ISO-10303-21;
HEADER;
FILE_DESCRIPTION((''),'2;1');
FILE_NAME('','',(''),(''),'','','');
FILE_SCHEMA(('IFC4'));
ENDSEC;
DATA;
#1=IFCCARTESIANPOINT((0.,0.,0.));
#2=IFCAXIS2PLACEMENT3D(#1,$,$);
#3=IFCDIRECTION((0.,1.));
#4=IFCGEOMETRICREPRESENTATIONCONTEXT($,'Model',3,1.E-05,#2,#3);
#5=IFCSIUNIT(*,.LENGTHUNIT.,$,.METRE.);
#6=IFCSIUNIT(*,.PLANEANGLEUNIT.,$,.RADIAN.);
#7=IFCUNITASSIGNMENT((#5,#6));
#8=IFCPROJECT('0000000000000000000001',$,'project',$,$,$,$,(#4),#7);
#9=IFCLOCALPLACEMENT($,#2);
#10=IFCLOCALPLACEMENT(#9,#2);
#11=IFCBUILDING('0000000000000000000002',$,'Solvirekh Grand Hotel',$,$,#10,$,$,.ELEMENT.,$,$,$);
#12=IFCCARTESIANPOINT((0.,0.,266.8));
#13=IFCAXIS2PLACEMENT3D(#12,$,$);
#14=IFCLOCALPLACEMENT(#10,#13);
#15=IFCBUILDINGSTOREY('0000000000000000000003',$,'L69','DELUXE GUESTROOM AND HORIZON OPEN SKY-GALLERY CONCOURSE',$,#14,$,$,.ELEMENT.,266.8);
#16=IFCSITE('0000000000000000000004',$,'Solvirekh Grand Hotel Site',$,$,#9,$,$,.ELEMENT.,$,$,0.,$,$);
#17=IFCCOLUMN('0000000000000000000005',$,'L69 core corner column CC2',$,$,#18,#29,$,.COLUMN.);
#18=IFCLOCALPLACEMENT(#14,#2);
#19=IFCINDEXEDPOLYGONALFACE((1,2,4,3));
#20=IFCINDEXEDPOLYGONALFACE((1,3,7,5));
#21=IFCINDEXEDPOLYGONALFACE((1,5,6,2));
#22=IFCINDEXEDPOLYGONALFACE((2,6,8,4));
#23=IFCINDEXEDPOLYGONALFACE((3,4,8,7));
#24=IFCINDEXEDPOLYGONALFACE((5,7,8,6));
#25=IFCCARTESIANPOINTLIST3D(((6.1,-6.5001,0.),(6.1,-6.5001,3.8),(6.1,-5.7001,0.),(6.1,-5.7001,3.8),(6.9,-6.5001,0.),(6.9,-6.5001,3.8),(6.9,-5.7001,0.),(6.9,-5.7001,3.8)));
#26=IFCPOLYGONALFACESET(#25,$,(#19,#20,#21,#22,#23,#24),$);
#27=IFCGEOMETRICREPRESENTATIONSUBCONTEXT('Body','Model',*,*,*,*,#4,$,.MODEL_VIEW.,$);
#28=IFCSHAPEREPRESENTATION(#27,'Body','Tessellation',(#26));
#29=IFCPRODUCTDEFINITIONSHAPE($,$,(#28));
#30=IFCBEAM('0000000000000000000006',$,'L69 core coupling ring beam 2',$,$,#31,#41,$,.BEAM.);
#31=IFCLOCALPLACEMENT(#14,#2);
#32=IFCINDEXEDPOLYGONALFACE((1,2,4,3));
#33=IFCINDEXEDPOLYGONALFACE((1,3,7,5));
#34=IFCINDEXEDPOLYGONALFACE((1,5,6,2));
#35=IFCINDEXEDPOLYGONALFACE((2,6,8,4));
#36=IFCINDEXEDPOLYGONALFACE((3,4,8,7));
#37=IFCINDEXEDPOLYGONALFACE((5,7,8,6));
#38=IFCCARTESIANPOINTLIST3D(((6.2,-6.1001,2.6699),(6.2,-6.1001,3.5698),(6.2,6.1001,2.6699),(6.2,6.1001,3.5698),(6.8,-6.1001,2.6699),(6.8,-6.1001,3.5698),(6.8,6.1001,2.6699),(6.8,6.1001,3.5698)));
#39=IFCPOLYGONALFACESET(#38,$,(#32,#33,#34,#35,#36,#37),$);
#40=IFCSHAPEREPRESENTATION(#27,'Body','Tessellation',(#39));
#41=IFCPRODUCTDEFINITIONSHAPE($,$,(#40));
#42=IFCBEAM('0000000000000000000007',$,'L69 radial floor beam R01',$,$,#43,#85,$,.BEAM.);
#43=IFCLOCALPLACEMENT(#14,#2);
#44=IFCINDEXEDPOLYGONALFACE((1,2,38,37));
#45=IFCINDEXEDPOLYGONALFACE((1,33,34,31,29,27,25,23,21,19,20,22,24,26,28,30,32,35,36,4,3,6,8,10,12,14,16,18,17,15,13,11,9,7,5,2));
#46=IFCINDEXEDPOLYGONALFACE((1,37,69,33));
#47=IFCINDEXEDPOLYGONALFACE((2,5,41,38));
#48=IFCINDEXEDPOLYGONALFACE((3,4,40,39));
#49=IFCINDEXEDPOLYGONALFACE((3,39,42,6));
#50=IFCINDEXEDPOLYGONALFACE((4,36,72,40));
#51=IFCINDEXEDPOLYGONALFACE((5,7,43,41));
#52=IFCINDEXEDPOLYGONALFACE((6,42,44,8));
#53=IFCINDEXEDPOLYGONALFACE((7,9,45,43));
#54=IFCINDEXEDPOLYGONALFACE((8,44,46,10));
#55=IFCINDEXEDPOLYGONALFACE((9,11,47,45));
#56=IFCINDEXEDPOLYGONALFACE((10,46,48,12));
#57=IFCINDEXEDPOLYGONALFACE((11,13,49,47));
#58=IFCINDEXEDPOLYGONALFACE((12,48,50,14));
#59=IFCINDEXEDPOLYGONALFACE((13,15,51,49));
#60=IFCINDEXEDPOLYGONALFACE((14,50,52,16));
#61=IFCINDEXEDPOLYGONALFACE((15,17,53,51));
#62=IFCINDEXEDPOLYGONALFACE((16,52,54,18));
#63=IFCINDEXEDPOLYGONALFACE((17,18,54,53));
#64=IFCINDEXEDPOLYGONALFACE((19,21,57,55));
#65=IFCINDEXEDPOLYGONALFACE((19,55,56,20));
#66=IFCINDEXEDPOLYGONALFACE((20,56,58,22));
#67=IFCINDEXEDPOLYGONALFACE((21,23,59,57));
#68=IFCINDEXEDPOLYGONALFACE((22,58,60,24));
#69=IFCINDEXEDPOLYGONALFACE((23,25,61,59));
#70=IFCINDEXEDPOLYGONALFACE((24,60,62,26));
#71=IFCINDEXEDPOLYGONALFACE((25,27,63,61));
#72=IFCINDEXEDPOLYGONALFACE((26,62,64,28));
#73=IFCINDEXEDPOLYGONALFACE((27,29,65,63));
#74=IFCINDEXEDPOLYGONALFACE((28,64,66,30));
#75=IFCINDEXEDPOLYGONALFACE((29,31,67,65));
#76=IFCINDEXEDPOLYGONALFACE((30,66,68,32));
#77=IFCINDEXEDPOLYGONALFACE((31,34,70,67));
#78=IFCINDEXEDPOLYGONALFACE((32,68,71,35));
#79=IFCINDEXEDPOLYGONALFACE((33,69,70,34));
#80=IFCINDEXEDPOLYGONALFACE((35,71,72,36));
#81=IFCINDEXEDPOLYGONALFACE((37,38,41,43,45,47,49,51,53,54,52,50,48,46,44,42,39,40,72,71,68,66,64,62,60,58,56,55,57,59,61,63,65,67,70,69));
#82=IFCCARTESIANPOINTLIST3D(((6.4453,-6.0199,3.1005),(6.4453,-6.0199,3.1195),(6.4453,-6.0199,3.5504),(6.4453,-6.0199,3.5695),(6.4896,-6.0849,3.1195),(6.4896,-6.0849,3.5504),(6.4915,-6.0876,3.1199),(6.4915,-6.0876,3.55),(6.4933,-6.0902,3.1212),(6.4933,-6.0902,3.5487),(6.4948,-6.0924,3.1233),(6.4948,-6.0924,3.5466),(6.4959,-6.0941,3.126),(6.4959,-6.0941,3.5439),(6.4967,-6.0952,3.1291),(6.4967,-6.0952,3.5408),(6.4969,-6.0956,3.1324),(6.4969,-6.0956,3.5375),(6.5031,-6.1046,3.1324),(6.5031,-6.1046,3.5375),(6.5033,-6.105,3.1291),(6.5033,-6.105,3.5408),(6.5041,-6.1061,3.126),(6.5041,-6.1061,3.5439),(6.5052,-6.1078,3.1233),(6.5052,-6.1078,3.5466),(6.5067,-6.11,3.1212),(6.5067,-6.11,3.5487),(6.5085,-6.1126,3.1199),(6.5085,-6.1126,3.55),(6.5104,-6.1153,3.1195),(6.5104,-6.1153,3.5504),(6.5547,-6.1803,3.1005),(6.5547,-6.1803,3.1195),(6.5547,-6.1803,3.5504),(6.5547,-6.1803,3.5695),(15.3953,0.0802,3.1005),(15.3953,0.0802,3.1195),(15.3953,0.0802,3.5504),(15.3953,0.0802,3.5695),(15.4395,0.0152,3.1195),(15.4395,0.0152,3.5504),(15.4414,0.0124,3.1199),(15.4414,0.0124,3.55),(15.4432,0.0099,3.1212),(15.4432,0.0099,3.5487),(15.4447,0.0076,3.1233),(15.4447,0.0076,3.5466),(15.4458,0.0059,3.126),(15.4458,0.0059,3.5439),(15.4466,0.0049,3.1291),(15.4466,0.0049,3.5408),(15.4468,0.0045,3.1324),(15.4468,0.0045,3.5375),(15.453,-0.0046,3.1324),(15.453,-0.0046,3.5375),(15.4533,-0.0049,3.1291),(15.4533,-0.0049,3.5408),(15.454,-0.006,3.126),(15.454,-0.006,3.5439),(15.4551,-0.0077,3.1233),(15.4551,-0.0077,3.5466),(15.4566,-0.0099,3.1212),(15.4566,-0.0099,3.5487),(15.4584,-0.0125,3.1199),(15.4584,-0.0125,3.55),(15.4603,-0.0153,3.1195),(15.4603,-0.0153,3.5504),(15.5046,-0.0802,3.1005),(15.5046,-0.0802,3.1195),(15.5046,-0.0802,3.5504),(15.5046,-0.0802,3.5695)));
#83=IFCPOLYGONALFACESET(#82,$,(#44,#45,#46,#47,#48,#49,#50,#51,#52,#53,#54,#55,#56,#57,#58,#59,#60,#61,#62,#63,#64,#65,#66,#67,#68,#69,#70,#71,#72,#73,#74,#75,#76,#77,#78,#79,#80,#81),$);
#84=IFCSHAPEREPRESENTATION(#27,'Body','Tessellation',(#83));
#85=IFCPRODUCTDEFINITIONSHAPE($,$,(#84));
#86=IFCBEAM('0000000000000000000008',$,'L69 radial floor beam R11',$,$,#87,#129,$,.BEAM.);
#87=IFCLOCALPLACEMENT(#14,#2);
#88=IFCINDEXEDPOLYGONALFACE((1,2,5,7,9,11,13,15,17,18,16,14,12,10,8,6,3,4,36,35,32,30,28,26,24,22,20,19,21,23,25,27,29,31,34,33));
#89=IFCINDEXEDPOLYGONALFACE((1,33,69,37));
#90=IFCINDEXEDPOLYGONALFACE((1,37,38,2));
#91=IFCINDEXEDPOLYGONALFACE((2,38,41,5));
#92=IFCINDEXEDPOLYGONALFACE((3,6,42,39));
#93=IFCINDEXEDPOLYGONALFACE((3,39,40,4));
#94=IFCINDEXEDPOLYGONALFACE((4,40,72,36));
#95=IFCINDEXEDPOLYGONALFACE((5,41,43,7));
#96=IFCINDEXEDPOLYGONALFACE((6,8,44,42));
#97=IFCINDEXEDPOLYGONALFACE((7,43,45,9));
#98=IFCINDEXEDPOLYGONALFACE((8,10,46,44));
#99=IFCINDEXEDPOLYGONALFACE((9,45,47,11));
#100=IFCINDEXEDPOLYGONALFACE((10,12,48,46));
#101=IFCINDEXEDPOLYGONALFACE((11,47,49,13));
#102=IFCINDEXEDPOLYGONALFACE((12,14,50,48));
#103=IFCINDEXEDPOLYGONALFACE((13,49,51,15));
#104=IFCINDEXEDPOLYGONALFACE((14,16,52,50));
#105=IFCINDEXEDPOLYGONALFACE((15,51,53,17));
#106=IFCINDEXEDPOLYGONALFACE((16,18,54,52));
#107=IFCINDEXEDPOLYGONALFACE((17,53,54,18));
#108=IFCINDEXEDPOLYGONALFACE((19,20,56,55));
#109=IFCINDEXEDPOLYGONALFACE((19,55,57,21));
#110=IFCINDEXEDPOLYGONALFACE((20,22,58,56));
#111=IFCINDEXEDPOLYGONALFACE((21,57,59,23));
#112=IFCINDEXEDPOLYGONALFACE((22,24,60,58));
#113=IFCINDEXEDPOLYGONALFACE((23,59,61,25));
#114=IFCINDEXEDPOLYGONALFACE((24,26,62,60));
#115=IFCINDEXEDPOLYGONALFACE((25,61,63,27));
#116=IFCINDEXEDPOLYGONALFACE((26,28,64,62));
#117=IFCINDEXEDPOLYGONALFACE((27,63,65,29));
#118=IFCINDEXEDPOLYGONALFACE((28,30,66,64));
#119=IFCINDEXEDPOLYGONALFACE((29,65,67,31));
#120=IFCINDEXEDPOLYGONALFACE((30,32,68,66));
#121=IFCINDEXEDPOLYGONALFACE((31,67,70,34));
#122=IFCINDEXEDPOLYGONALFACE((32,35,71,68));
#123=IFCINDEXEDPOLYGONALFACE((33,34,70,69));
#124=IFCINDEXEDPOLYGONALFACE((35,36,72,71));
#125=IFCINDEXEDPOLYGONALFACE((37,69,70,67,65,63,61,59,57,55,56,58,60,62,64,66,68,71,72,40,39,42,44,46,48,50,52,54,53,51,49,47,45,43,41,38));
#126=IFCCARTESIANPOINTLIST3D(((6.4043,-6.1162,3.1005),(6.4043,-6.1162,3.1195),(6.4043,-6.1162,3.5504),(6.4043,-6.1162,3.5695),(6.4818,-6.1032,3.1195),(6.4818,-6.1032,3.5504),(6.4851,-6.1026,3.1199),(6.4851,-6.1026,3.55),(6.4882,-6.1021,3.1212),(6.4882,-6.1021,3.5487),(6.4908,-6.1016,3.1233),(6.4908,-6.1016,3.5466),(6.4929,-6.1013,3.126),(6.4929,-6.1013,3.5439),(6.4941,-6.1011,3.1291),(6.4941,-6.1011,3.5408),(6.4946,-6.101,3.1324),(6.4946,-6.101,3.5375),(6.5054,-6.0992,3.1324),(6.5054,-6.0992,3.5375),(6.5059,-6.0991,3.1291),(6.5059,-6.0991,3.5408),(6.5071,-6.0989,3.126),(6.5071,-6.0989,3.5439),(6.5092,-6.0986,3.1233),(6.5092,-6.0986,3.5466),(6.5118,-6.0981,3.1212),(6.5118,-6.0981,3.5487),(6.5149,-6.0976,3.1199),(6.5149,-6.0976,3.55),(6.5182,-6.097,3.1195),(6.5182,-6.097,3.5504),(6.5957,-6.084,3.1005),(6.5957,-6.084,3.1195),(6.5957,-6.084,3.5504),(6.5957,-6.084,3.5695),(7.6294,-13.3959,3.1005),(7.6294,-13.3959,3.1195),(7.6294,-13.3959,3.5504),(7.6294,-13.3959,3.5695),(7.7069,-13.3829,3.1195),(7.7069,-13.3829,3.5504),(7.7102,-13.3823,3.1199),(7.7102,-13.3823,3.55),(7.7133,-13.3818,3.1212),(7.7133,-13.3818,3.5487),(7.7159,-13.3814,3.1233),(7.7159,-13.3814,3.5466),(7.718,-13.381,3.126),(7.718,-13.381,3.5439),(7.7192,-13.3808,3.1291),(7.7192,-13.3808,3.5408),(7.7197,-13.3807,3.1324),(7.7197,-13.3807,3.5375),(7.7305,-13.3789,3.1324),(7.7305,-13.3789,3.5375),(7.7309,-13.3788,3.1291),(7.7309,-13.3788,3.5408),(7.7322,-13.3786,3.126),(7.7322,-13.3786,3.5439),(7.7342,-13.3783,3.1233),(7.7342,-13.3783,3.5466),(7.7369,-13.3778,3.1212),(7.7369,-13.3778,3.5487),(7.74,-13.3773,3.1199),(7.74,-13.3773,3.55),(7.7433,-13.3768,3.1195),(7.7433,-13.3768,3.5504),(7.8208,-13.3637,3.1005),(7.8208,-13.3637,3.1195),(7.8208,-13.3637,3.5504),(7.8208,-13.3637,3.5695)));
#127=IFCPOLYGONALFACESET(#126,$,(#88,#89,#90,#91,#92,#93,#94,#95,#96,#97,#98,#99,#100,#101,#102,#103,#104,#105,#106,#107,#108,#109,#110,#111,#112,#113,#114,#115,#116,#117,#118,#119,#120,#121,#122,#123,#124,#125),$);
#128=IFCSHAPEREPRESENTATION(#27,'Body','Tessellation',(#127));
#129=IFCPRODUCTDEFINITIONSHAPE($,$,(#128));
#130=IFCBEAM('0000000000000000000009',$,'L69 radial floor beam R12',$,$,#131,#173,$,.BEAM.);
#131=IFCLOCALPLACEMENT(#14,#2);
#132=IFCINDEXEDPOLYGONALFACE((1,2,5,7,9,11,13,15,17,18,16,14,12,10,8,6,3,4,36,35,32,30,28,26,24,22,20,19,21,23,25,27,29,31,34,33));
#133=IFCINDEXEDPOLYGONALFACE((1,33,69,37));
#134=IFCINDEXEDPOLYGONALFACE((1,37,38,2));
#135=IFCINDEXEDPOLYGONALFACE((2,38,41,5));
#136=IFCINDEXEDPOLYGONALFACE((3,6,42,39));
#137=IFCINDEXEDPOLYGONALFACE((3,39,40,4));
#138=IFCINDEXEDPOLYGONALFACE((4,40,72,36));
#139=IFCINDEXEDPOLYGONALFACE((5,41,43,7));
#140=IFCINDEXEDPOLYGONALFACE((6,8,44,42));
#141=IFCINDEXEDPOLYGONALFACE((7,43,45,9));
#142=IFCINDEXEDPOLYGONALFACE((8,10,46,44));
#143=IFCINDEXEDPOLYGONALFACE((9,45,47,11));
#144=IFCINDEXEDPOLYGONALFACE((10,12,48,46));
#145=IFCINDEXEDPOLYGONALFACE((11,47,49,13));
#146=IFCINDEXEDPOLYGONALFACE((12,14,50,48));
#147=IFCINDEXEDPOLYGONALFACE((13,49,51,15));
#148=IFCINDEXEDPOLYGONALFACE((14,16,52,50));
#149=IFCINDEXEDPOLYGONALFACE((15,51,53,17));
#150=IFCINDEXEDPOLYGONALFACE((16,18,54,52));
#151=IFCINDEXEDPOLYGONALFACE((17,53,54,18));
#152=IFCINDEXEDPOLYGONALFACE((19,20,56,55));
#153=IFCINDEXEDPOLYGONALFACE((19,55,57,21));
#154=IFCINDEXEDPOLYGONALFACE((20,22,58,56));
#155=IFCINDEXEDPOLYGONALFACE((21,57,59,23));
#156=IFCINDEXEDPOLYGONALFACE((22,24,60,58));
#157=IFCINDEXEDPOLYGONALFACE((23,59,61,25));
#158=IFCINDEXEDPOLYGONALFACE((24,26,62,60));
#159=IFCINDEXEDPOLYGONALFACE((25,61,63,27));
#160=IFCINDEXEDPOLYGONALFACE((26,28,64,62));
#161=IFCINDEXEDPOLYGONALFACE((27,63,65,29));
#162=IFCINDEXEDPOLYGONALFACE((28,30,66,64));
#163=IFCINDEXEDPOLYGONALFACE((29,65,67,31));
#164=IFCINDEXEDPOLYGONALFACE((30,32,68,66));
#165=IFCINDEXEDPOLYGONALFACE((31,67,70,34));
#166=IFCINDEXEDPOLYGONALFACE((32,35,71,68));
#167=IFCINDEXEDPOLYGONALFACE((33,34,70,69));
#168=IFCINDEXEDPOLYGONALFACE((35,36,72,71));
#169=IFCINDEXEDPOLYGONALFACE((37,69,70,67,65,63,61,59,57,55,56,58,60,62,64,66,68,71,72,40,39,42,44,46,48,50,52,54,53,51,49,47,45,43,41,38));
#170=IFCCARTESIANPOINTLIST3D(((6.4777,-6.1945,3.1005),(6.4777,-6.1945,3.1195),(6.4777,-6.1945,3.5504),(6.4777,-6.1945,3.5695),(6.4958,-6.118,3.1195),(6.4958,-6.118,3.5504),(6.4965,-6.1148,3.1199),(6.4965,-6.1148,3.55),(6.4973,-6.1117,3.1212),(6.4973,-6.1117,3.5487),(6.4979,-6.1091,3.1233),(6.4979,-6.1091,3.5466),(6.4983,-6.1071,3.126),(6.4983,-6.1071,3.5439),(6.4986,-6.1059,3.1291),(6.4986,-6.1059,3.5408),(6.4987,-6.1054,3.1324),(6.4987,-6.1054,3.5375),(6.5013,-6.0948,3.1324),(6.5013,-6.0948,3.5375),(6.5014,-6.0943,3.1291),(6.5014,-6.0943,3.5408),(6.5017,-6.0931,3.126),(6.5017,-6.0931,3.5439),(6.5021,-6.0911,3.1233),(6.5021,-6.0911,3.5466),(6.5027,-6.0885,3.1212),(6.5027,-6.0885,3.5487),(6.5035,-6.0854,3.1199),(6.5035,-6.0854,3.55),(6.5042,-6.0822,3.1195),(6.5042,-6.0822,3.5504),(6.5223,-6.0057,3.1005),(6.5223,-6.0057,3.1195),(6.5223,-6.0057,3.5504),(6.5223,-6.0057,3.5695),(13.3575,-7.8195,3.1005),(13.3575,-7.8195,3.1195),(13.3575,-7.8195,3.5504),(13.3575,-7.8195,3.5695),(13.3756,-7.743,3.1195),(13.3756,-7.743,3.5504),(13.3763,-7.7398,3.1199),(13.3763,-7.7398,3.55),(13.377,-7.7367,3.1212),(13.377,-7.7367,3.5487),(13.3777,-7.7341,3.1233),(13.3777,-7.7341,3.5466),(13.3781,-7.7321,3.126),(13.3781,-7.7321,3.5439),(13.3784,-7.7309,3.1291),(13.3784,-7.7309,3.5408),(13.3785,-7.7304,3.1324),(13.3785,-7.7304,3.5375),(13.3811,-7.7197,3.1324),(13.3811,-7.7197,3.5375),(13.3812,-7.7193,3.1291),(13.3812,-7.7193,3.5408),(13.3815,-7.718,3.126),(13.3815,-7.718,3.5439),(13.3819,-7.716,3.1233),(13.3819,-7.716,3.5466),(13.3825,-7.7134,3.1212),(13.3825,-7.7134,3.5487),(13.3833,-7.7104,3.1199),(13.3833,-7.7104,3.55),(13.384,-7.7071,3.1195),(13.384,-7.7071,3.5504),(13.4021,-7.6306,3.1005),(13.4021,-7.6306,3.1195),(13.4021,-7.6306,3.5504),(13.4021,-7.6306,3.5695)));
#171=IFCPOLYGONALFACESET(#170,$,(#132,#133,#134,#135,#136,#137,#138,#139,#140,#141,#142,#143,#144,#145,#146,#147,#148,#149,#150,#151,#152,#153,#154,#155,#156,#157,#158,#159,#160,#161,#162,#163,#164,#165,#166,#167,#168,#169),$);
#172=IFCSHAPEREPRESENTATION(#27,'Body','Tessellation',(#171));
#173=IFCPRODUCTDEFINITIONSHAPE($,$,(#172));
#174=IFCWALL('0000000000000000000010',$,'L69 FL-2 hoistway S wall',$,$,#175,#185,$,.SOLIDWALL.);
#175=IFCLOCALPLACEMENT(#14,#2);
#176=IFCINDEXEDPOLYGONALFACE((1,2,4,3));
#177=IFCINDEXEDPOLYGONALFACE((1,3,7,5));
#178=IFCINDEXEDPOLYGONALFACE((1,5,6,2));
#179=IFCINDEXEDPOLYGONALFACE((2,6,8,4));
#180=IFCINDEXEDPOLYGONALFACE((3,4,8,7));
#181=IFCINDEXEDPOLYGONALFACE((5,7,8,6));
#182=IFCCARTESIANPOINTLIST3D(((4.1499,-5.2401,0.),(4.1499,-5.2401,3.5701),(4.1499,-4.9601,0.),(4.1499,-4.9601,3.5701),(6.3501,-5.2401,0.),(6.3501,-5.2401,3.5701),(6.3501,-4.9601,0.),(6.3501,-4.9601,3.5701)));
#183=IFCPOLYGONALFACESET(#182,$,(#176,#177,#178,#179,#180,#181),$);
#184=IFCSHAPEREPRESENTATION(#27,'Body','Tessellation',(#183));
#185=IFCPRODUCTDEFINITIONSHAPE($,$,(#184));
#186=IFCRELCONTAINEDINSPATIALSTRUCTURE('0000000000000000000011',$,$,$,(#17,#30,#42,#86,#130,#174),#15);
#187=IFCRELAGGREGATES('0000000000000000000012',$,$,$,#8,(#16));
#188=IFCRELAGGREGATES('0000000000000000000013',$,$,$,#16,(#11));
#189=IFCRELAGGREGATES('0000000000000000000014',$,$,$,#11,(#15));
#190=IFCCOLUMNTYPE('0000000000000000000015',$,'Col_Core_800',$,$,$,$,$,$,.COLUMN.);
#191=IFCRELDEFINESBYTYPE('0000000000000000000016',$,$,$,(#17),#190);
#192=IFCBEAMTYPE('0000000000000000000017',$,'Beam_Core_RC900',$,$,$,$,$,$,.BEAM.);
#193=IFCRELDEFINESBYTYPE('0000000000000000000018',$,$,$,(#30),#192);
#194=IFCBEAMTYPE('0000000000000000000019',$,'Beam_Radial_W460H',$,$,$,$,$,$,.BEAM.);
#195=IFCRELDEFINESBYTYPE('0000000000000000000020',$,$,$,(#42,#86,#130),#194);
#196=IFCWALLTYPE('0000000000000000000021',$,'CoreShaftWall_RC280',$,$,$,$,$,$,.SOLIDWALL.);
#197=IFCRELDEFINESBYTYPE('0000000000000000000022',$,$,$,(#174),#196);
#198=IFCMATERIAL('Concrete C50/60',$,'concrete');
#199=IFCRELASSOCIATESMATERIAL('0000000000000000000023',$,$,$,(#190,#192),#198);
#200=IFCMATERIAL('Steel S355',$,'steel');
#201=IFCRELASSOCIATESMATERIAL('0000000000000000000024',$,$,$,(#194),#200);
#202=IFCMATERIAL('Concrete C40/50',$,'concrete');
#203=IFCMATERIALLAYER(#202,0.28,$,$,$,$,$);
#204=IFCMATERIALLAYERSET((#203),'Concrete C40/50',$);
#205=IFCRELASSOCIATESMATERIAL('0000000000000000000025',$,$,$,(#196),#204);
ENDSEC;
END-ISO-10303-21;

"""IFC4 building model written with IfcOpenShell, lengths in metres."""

from ifc_helpers import new_model, si_unit, direction, frame, frame_2d, origin, origin_2d, place, context, subcontext, project, spatial, rectangle, i_section, extrude, material, layer, layer_set, material_profile, profile_set, type_object, element, save


model = new_model("IFC4")

# Units and contexts
model_context = context("Model", 3, precision=1e-05, world=origin(), true_north=direction((0.0, 1.0)))
body_context = subcontext(model_context, "Body", "Model", "MODEL_VIEW")
ifc_project = project(units=[si_unit("LENGTHUNIT", "METRE"), si_unit("PLANEANGLEUNIT", "RADIAN")], contexts=[model_context])

# Site, building, storey
site_placement = place(None, origin())
site = spatial("IfcSite", under=ifc_project, at=site_placement, Name="Solvirekh Grand Hotel Site", CompositionType="ELEMENT", RefElevation=0.0)
building_placement = place(site_placement, origin())
building = spatial("IfcBuilding", under=site, at=building_placement, Name="Solvirekh Grand Hotel", CompositionType="ELEMENT")
storey_placement = place(building_placement, frame((0.0, 0.0, 266.8)))
storey = spatial("IfcBuildingStorey", under=building, at=storey_placement, Name="L69", Description="DELUXE GUESTROOM AND HORIZON OPEN SKY-GALLERY CONCOURSE", CompositionType="ELEMENT", Elevation=266.8)

# Column
ifc_material_1 = material(Name="Concrete C50/60", Category="concrete")
ifc_material_profile_1 = material_profile(ifc_material_1, rectangle(XDim=0.8, YDim=0.8, at=origin_2d()), Name="RC 800X800")
ifc_profile_set_1 = profile_set([ifc_material_profile_1], Name="Concrete C50/60")
column_type = type_object("IfcColumnType", Name="Col_Core_800", PredefinedType="COLUMN", material=ifc_profile_set_1)
column_placement = place(storey_placement, frame((6.5, -6.1001, 0.0), z_axis=(0.0, 0.0, 1.0), x_axis=(1.0, 0.0, 0.0)))
element("IfcColumn", 1, at=column_placement, inside=storey, type_object=column_type, Name="L69 core corner column CC2", PredefinedType="COLUMN", context=body_context, shape_type="SweptSolid", body=[
    extrude(rectangle(XDim=0.8, YDim=0.8, at=origin_2d()), origin(), (0.0, 0.0, 1.0), 3.8),
])

# Beams
ifc_material_profile_2 = material_profile(ifc_material_1, rectangle(XDim=0.6001, YDim=0.8999, at=origin_2d()), Name="RC BEAM 600X900")
ifc_profile_set_2 = profile_set([ifc_material_profile_2], Name="Concrete C50/60")
beam_type_1 = type_object("IfcBeamType", Name="Beam_Core_RC900", PredefinedType="BEAM", material=ifc_profile_set_2)
beam_1_placement = place(storey_placement, frame((6.5, -6.1001, 3.1199), z_axis=(0.0, 1.0, 0.0), x_axis=(-1.0, 0.0, 0.0)))
element("IfcBeam", 2, at=beam_1_placement, inside=storey, type_object=beam_type_1, Name="L69 core coupling ring beam 2", PredefinedType="BEAM", context=body_context, shape_type="SweptSolid", body=[
    extrude(rectangle(XDim=0.6001, YDim=0.8999, at=origin_2d()), origin(), (0.0, 0.0, 1.0), 12.2002),
])
ifc_material_2 = material(Name="Steel S355", Category="steel")
ifc_material_profile_3 = material_profile(ifc_material_2, i_section(OverallWidth=0.1941, OverallDepth=0.469, WebThickness=0.011, FlangeThickness=0.019, FilletRadius=0.0129, at=origin_2d()), Name="W460X106")
ifc_profile_set_3 = profile_set([ifc_material_profile_3], Name="Steel S355")
beam_type_2 = type_object("IfcBeamType", Name="Beam_Radial_W460H", PredefinedType="BEAM", material=ifc_profile_set_3)
beam_2_placement = place(storey_placement, frame((6.5, -6.1001, 3.335), z_axis=(0.826319, 0.563202, 0.0), x_axis=(-0.563202, 0.826319, 0.0)))
element("IfcBeam", 3, at=beam_2_placement, inside=storey, type_object=beam_type_2, Name="L69 radial floor beam R01", PredefinedType="BEAM", context=body_context, shape_type="SweptSolid", body=[
    extrude(i_section(OverallWidth=0.1941, OverallDepth=0.469, WebThickness=0.011, FlangeThickness=0.019, FilletRadius=0.0129, at=origin_2d()), origin(), (0.0, 0.0, 1.0), 10.8311),
])
beam_3_placement = place(storey_placement, frame((6.5, -6.1001, 3.335), z_axis=(0.165954, -0.986133, 0.0), x_axis=(0.986133, 0.165954, 0.0)))
element("IfcBeam", 4, at=beam_3_placement, inside=storey, type_object=beam_type_2, Name="L69 radial floor beam R11", PredefinedType="BEAM", context=body_context, shape_type="SweptSolid", body=[
    extrude(i_section(OverallWidth=0.1941, OverallDepth=0.469, WebThickness=0.011, FlangeThickness=0.019, FilletRadius=0.0129, at=origin_2d()), origin(), (0.0, 0.0, 1.0), 7.3821),
])
beam_4_placement = place(storey_placement, frame((6.5, -6.1001, 3.335), z_axis=(0.973221, -0.229871, 0.0), x_axis=(0.229871, 0.973221, 0.0)))
element("IfcBeam", 5, at=beam_4_placement, inside=storey, type_object=beam_type_2, Name="L69 radial floor beam R12", PredefinedType="BEAM", context=body_context, shape_type="SweptSolid", body=[
    extrude(i_section(OverallWidth=0.1941, OverallDepth=0.469, WebThickness=0.011, FlangeThickness=0.019, FilletRadius=0.0129, at=origin_2d()), origin(), (0.0, 0.0, 1.0), 7.0691),
])

# Wall
ifc_material_3 = material(Name="Concrete C40/50", Category="concrete")
ifc_layer_1 = layer(ifc_material_3, 0.28)
ifc_layer_set_1 = layer_set([ifc_layer_1], Name="Concrete C40/50")
wall_type_1 = type_object("IfcWallType", Name="CoreShaftWall_RC280", PredefinedType="SOLIDWALL", material=ifc_layer_set_1)
wall_1_placement = place(storey_placement, frame((4.1499, -5.1001, 0.0), z_axis=(0.0, 0.0, 1.0), x_axis=(1.0, 0.0, 0.0)))
element("IfcWall", 6, at=wall_1_placement, inside=storey, type_object=wall_type_1, Name="L69 FL-2 hoistway S wall", PredefinedType="SOLIDWALL", context=body_context, shape_type="SweptSolid", body=[
    extrude(rectangle(XDim=2.2002, YDim=0.28, at=frame_2d((1.1001, 0.0))), origin(), (0.0, 0.0, 1.0), 3.5701),
])

save(model, "model.ifc")
